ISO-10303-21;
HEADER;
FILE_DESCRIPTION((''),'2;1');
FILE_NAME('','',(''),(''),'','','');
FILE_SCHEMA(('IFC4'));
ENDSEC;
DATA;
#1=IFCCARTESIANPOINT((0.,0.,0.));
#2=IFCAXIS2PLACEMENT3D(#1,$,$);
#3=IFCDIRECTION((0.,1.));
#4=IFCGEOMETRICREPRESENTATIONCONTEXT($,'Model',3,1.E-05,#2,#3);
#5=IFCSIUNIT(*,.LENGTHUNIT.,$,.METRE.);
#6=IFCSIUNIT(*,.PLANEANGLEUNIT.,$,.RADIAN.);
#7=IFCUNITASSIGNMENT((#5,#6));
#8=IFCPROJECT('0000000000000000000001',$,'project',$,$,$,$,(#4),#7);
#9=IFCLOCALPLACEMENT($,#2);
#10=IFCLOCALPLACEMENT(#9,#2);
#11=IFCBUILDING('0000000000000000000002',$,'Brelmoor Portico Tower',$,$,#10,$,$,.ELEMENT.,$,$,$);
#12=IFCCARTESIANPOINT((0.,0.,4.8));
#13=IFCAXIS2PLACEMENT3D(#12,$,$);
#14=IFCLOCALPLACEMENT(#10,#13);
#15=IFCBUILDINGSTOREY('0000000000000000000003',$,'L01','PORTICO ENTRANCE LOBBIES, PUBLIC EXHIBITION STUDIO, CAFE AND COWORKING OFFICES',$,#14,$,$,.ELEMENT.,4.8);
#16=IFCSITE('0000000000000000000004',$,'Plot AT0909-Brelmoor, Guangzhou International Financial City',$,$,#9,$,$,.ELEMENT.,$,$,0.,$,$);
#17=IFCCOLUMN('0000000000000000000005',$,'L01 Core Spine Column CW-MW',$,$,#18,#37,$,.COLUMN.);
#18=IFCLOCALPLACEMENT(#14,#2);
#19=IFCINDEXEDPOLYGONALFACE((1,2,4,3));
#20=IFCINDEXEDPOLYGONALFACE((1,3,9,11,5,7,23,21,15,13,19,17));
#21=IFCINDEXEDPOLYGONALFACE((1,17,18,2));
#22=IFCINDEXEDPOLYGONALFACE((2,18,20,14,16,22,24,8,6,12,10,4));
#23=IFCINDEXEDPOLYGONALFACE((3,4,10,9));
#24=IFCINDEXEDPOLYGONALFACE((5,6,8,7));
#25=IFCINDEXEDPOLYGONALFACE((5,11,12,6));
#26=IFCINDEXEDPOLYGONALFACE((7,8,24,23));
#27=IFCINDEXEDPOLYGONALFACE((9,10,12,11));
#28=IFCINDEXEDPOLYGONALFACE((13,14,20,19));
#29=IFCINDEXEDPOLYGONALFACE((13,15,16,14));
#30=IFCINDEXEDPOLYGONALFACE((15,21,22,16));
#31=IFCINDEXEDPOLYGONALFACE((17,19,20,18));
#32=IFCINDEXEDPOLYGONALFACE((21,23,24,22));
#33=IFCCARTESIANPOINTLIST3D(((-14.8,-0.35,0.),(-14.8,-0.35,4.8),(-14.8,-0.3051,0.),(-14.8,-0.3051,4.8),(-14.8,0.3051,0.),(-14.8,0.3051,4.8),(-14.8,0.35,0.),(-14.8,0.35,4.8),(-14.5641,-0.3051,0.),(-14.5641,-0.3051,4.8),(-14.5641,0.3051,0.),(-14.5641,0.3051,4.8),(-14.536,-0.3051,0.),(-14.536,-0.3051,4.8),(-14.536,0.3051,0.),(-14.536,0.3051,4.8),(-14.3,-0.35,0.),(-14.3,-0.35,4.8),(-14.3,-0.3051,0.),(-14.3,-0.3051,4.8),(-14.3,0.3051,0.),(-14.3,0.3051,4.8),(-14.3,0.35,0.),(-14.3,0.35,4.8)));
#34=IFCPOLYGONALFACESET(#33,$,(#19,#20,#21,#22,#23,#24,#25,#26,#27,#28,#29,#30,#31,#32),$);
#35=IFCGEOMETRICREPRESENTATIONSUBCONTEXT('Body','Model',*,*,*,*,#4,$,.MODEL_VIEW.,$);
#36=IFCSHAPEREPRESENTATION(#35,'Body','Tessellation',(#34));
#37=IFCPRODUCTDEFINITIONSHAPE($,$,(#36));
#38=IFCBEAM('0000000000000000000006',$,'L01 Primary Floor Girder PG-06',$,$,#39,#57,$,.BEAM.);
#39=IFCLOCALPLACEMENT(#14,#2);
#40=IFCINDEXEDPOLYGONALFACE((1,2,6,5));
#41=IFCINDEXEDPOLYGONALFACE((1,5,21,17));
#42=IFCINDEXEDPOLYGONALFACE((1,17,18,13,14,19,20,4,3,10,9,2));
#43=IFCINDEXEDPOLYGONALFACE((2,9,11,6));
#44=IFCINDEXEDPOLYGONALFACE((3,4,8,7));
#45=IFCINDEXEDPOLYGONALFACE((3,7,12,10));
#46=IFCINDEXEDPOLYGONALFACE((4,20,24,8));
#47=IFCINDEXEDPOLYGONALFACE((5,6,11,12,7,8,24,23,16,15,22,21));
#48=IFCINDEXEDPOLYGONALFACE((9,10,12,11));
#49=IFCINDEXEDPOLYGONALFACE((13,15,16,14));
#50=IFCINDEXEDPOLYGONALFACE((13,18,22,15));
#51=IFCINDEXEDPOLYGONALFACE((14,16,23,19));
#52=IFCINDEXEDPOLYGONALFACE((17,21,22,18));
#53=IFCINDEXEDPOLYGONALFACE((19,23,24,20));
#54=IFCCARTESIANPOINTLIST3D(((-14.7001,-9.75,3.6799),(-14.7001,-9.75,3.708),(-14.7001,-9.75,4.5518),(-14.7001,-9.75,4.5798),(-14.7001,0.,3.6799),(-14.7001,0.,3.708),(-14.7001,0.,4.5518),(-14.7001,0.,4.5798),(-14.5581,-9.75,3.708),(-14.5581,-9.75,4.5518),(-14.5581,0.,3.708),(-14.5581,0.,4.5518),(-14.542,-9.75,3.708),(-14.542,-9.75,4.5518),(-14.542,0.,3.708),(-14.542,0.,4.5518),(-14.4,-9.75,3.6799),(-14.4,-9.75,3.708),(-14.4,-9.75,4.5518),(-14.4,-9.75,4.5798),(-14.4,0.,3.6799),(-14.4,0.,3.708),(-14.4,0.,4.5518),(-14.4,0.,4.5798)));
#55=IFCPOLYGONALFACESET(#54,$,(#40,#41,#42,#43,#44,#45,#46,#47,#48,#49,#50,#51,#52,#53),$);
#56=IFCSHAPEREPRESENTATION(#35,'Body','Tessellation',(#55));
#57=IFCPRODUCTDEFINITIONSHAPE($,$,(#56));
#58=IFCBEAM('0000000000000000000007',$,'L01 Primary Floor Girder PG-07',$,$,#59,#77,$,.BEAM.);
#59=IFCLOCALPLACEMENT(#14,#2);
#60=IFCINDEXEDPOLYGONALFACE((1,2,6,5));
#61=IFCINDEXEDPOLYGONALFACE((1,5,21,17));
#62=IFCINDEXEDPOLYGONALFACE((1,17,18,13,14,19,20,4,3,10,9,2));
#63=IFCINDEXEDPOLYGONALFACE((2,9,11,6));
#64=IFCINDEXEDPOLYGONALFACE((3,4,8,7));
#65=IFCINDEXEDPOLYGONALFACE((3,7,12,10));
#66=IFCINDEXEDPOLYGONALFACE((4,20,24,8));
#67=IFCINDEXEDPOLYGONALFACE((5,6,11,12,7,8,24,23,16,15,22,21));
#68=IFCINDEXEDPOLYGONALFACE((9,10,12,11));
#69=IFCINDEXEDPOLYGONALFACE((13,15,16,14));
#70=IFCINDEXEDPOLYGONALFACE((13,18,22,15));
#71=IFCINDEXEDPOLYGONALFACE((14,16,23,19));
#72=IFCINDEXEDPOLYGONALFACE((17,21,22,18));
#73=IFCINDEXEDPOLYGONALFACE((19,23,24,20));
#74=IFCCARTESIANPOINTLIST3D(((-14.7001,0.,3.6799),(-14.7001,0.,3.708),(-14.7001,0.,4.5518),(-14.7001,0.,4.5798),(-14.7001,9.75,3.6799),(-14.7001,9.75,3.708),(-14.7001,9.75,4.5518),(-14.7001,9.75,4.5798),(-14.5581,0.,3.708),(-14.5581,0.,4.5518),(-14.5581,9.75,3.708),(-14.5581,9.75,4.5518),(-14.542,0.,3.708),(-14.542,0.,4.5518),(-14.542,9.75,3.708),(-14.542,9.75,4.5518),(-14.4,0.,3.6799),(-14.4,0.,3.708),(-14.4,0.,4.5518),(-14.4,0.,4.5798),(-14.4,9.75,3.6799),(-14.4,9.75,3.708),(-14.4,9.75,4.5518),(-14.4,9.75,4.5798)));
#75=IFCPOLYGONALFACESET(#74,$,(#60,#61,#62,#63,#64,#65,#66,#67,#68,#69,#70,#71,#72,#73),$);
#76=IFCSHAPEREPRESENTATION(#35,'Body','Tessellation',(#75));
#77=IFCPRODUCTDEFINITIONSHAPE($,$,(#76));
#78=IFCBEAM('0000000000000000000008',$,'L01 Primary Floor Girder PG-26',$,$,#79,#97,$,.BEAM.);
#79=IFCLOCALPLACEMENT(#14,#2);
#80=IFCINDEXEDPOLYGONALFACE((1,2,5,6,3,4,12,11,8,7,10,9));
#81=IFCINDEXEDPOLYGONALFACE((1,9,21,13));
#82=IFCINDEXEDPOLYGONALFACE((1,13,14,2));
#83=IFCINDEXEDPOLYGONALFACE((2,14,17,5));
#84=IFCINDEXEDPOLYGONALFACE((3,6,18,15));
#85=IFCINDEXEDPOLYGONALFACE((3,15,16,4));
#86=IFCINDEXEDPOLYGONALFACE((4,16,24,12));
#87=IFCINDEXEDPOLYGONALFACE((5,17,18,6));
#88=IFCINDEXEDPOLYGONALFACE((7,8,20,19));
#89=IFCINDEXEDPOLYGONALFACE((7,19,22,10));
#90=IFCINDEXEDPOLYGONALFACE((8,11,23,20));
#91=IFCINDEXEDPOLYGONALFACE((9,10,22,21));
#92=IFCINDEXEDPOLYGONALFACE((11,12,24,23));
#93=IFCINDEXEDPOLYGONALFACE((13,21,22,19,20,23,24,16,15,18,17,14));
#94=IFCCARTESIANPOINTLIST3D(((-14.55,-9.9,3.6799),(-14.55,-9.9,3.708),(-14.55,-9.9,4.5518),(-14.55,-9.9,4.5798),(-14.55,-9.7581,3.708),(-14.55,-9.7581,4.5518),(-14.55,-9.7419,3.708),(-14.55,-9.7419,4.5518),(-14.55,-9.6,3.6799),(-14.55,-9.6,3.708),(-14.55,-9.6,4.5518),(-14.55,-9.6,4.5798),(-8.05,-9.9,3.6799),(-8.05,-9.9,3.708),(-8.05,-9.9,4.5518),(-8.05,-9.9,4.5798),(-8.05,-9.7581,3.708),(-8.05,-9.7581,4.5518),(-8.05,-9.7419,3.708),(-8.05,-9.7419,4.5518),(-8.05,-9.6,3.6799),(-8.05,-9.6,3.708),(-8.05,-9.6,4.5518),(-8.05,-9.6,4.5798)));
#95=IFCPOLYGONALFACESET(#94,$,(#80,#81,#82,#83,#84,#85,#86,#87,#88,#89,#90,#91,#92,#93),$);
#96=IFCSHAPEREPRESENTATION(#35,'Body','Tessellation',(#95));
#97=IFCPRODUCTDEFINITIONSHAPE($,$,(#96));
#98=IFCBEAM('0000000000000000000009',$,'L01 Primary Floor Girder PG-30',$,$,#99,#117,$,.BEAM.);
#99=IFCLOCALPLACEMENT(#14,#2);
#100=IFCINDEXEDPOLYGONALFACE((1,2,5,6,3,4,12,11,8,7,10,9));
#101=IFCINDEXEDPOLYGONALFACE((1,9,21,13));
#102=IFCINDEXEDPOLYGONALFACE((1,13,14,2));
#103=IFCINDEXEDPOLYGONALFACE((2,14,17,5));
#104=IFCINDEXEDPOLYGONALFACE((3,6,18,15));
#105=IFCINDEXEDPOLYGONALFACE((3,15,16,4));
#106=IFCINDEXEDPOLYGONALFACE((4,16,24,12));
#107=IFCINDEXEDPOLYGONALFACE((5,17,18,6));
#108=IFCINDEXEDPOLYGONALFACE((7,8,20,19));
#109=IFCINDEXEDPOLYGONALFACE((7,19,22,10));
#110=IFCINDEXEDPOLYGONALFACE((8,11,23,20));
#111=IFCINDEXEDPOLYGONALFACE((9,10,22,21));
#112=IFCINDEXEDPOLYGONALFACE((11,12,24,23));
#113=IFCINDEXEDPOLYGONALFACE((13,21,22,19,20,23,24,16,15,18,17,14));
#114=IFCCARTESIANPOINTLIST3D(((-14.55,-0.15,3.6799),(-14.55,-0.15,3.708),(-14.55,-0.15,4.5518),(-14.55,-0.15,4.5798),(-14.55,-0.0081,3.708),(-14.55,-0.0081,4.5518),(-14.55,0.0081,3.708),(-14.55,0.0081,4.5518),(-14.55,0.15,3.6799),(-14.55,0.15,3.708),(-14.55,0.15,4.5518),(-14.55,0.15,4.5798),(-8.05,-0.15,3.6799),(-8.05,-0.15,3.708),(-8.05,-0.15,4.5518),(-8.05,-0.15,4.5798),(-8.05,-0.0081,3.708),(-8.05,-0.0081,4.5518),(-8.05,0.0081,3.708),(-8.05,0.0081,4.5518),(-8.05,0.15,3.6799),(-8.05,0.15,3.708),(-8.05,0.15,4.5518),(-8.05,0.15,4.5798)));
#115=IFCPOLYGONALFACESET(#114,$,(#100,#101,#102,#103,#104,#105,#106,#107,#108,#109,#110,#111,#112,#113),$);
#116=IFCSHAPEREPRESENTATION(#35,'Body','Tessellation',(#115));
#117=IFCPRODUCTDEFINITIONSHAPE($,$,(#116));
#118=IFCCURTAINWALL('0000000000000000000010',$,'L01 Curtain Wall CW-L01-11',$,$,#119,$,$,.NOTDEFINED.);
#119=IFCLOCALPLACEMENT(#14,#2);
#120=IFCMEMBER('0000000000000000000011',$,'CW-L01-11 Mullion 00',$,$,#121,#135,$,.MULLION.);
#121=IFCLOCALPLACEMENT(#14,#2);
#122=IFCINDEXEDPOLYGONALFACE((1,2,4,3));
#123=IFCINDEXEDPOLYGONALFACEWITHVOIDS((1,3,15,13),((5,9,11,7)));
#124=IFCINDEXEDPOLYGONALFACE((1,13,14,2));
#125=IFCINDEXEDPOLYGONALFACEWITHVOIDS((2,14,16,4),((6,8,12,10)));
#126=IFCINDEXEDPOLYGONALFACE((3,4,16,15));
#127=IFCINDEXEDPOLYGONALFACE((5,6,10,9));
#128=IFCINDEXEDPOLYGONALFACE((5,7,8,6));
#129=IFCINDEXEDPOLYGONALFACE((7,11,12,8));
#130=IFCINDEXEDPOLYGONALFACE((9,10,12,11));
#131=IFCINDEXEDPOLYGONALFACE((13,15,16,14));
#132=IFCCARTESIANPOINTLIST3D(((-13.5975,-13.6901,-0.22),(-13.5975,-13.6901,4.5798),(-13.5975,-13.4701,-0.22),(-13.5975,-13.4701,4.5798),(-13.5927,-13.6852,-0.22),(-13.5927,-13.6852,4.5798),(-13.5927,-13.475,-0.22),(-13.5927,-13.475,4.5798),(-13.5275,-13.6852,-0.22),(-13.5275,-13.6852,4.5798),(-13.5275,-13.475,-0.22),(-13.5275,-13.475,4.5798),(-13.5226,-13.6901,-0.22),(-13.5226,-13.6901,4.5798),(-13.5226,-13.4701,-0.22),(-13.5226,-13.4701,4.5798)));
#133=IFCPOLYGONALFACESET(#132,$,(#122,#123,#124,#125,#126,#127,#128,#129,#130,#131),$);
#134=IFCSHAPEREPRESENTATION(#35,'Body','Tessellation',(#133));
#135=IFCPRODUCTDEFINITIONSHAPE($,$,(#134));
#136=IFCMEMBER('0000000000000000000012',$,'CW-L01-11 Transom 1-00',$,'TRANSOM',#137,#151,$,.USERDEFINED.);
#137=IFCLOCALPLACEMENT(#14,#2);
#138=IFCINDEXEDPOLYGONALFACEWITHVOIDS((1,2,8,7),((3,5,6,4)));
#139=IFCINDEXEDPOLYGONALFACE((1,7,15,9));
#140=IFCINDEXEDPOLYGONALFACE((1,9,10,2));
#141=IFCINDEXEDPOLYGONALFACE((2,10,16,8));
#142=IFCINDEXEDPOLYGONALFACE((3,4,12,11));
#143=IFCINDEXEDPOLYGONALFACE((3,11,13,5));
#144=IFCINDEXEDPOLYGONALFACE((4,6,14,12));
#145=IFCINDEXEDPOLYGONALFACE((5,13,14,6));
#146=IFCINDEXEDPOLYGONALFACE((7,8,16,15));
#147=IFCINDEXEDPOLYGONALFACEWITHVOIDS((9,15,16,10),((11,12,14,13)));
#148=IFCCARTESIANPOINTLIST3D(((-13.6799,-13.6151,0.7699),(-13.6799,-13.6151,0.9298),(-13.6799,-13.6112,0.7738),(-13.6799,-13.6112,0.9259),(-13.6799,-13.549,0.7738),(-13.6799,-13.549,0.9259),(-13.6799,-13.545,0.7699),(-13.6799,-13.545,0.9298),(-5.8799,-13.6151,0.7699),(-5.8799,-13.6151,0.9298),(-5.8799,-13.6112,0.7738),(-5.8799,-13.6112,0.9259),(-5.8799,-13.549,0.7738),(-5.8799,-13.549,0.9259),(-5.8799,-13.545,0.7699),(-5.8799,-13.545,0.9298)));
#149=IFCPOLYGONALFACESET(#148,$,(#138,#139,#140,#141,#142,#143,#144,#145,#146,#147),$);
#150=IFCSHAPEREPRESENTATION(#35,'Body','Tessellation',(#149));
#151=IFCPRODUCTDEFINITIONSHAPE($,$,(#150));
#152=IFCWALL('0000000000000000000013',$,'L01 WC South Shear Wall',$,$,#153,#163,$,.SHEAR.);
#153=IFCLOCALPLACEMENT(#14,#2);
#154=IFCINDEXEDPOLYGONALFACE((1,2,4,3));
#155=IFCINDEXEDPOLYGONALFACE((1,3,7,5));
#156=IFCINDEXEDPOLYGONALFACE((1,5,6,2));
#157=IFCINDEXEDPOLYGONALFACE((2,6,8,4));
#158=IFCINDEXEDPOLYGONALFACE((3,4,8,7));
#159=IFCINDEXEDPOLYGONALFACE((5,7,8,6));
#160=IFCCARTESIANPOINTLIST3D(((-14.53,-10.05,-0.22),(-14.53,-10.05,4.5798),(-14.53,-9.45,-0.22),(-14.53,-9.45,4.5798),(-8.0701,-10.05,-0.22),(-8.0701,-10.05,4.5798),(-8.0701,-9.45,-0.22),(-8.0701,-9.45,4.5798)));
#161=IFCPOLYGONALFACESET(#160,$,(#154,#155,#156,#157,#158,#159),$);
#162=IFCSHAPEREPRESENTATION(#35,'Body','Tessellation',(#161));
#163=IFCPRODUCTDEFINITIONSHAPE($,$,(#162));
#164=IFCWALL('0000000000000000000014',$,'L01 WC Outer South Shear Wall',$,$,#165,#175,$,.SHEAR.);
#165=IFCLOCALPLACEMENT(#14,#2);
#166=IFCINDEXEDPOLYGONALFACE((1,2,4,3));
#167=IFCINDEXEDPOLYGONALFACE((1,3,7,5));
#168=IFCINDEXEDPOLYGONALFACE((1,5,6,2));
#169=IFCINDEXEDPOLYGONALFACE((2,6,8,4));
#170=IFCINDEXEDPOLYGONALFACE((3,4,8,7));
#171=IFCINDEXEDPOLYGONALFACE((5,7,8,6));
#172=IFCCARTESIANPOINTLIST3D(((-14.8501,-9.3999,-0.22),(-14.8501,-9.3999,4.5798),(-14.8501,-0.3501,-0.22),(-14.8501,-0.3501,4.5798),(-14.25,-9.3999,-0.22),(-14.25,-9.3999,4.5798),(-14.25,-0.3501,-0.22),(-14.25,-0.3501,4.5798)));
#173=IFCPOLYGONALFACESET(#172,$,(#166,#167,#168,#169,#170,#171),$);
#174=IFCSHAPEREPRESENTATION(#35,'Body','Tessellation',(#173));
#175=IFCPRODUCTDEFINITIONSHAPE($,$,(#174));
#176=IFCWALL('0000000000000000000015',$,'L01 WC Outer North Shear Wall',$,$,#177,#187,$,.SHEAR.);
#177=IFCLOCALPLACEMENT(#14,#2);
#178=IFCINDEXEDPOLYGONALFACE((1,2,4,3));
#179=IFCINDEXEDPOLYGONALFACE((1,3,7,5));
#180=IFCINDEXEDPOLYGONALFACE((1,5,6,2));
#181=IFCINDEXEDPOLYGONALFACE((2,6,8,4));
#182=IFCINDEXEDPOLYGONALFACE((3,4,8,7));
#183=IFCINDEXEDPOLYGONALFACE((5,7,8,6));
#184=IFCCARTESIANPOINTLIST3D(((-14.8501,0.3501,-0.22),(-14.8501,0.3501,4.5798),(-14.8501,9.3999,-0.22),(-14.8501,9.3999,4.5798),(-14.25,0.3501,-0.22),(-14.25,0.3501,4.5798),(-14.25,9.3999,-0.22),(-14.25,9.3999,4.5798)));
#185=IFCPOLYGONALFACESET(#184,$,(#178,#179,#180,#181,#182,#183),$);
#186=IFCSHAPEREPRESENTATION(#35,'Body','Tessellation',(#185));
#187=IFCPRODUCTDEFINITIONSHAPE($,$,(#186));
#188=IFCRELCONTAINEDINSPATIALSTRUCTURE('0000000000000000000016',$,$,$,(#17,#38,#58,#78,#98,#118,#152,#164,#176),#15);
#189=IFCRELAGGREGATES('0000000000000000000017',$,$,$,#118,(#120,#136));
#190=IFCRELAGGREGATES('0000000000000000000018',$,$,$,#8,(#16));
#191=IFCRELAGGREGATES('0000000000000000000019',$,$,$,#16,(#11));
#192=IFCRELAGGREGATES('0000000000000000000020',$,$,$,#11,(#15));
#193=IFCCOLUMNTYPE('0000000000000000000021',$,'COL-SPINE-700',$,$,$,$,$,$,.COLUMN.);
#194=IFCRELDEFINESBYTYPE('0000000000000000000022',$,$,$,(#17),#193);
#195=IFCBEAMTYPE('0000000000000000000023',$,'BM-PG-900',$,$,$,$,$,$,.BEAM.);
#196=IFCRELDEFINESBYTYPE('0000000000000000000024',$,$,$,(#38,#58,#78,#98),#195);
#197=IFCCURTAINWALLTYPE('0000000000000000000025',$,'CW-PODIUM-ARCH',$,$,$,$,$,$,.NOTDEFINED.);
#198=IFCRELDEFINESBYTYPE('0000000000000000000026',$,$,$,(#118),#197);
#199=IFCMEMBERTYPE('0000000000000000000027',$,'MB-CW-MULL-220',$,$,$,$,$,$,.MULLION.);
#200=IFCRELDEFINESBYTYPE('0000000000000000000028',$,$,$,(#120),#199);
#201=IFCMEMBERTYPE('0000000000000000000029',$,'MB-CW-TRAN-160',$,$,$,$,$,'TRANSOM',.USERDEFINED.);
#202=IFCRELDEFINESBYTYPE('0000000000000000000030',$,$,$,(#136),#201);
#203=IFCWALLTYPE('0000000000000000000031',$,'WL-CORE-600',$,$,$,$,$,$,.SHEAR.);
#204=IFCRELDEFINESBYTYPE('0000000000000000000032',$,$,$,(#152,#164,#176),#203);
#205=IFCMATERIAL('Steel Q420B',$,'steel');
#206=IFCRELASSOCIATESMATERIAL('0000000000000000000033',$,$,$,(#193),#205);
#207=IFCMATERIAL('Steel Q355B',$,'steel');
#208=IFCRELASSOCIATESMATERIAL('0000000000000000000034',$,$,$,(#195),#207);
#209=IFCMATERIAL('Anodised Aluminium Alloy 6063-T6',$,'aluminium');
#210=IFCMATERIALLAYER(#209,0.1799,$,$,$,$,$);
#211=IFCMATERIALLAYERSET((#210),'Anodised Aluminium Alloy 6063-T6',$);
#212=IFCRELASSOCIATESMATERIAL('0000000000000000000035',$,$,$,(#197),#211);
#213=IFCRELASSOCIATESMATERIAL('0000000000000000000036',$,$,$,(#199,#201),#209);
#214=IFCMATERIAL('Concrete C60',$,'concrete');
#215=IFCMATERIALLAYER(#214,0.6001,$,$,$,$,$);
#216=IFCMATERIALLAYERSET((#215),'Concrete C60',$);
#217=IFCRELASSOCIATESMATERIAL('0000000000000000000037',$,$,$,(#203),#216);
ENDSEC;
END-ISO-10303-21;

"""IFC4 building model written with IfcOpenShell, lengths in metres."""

from ifc_helpers import new_model, si_unit, direction, frame, frame_2d, origin, origin_2d, place, context, subcontext, project, spatial, rectangle, hollow_rectangle, i_section, extrude, material, layer, layer_set, material_profile, profile_set, type_object, element, aggregate, save


model = new_model("IFC4")

# Units and contexts
model_context = context("Model", 3, precision=1e-05, world=origin(), true_north=direction((0.0, 1.0)))
body_context = subcontext(model_context, "Body", "Model", "MODEL_VIEW")
ifc_project = project(units=[si_unit("LENGTHUNIT", "METRE"), si_unit("PLANEANGLEUNIT", "RADIAN")], contexts=[model_context])

# Site, building, storey
site_placement = place(None, origin())
site = spatial("IfcSite", under=ifc_project, at=site_placement, Name="Plot AT0909-Brelmoor, Guangzhou International Financial City", CompositionType="ELEMENT", RefElevation=0.0)
building_placement = place(site_placement, origin())
building = spatial("IfcBuilding", under=site, at=building_placement, Name="Brelmoor Portico Tower", CompositionType="ELEMENT")
storey_placement = place(building_placement, frame((0.0, 0.0, 4.8)))
storey = spatial("IfcBuildingStorey", under=building, at=storey_placement, Name="L01", Description="PORTICO ENTRANCE LOBBIES, PUBLIC EXHIBITION STUDIO, CAFE AND COWORKING OFFICES", CompositionType="ELEMENT", Elevation=4.8)

# Column
ifc_material_1 = material(Name="Steel Q420B", Category="steel")
ifc_material_profile_1 = material_profile(ifc_material_1, i_section(OverallWidth=0.5, OverallDepth=0.7, WebThickness=0.0281, FlangeThickness=0.0449, at=origin_2d()), Name="HW 700x500x28x45")
ifc_profile_set_1 = profile_set([ifc_material_profile_1], Name="Steel Q420B")
column_type = type_object("IfcColumnType", Name="COL-SPINE-700", PredefinedType="COLUMN", material=ifc_profile_set_1)
column_placement = place(storey_placement, frame((-14.55, 0.0, 0.0), z_axis=(0.0, 0.0, 1.0), x_axis=(1.0, 0.0, 0.0)))
element("IfcColumn", 1, at=column_placement, inside=storey, type_object=column_type, Name="L01 Core Spine Column CW-MW", PredefinedType="COLUMN", context=body_context, shape_type="SweptSolid", body=[
    extrude(i_section(OverallWidth=0.5, OverallDepth=0.7, WebThickness=0.0281, FlangeThickness=0.0449, at=origin_2d()), origin(), (0.0, 0.0, 1.0), 4.8),
])

# Beams
ifc_material_2 = material(Name="Steel Q355B", Category="steel")
ifc_material_profile_2 = material_profile(ifc_material_2, i_section(OverallWidth=0.3, OverallDepth=0.8999, WebThickness=0.0161, FlangeThickness=0.0281, at=origin_2d()), Name="HN 900x300x16x28")
ifc_profile_set_2 = profile_set([ifc_material_profile_2], Name="Steel Q355B")
beam_type = type_object("IfcBeamType", Name="BM-PG-900", PredefinedType="BEAM", material=ifc_profile_set_2)
for number, where, z_axis, x_axis, name in (
    (2, (-14.55, -9.75, 4.1299), (0.0, 1.0, 0.0), (-1.0, 0.0, 0.0), "L01 Primary Floor Girder PG-06"),
    (3, (-14.55, 0.0, 4.1299), (0.0, 1.0, 0.0), (-1.0, 0.0, 0.0), "L01 Primary Floor Girder PG-07"),
):
    element("IfcBeam", number, at=place(storey_placement, frame(where, z_axis=z_axis, x_axis=x_axis)), inside=storey, type_object=beam_type, Name=name, PredefinedType="BEAM", context=body_context, shape_type="SweptSolid", body=[
        extrude(i_section(OverallWidth=0.3, OverallDepth=0.8999, WebThickness=0.0161, FlangeThickness=0.0281, at=origin_2d()), origin(), (0.0, 0.0, 1.0), 9.75),
    ])
for number, where, z_axis, x_axis, name in (
    (4, (-14.55, -9.75, 4.1299), (1.0, 0.0, 0.0), (0.0, 1.0, 0.0), "L01 Primary Floor Girder PG-26"),
    (5, (-14.55, 0.0, 4.1299), (1.0, 0.0, 0.0), (0.0, 1.0, 0.0), "L01 Primary Floor Girder PG-30"),
):
    element("IfcBeam", number, at=place(storey_placement, frame(where, z_axis=z_axis, x_axis=x_axis)), inside=storey, type_object=beam_type, Name=name, PredefinedType="BEAM", context=body_context, shape_type="SweptSolid", body=[
        extrude(i_section(OverallWidth=0.3, OverallDepth=0.8999, WebThickness=0.0161, FlangeThickness=0.0281, at=origin_2d()), origin(), (0.0, 0.0, 1.0), 6.5),
    ])

# Curtain wall, members
ifc_material_3 = material(Name="Anodised Aluminium Alloy 6063-T6", Category="aluminium")
ifc_layer_1 = layer(ifc_material_3, 0.1799)
ifc_layer_set_1 = layer_set([ifc_layer_1], Name="Anodised Aluminium Alloy 6063-T6")
curtain_wall_type = type_object("IfcCurtainWallType", Name="CW-PODIUM-ARCH", PredefinedType="NOTDEFINED", material=ifc_layer_set_1)
curtain_wall_placement = place(storey_placement, origin())
curtain_wall = element("IfcCurtainWall", 6, at=curtain_wall_placement, inside=storey, type_object=curtain_wall_type, Name="L01 Curtain Wall CW-L01-11", PredefinedType="NOTDEFINED")
ifc_material_profile_3 = material_profile(ifc_material_3, hollow_rectangle(XDim=0.075, YDim=0.22, WallThickness=0.0049, at=origin_2d()), Name="ALU MULLION 75x220")
ifc_profile_set_3 = profile_set([ifc_material_profile_3], Name="Anodised Aluminium Alloy 6063-T6")
member_type_1 = type_object("IfcMemberType", Name="MB-CW-MULL-220", PredefinedType="MULLION", material=ifc_profile_set_3)
member_1_placement = place(storey_placement, frame((-13.5601, -13.5801, -0.22), z_axis=(0.0, 0.0, 1.0), x_axis=(1.0, 0.0, 0.0)))
member_1 = element("IfcMember", 7, at=member_1_placement, type_object=member_type_1, Name="CW-L01-11 Mullion 00", PredefinedType="MULLION", context=body_context, shape_type="SweptSolid", body=[
    extrude(hollow_rectangle(XDim=0.075, YDim=0.22, WallThickness=0.0049, at=origin_2d()), origin(), (0.0, 0.0, 1.0), 4.7998),
])
ifc_material_profile_4 = material_profile(ifc_material_3, hollow_rectangle(XDim=0.0701, YDim=0.1599, WallThickness=0.0039, at=origin_2d()), Name="ALU TRANSOM 70x160")
ifc_profile_set_4 = profile_set([ifc_material_profile_4], Name="Anodised Aluminium Alloy 6063-T6")
member_type_2 = type_object("IfcMemberType", Name="MB-CW-TRAN-160", ElementType="TRANSOM", PredefinedType="USERDEFINED", material=ifc_profile_set_4)
member_2_placement = place(storey_placement, frame((-13.6799, -13.5801, 0.8499), z_axis=(1.0, 0.0, 0.0), x_axis=(0.0, 1.0, 0.0)))
member_2 = element("IfcMember", 8, at=member_2_placement, type_object=member_type_2, Name="CW-L01-11 Transom 1-00", ObjectType="TRANSOM", PredefinedType="USERDEFINED", context=body_context, shape_type="SweptSolid", body=[
    extrude(hollow_rectangle(XDim=0.0701, YDim=0.1599, WallThickness=0.0039, at=origin_2d()), origin(), (0.0, 0.0, 1.0), 7.8),
])
aggregate(curtain_wall, [member_1, member_2])

# Walls
ifc_material_4 = material(Name="Concrete C60", Category="concrete")
ifc_layer_2 = layer(ifc_material_4, 0.6001)
ifc_layer_set_2 = layer_set([ifc_layer_2], Name="Concrete C60")
wall_type_1 = type_object("IfcWallType", Name="WL-CORE-600", PredefinedType="SHEAR", material=ifc_layer_set_2)
wall_1_placement = place(storey_placement, frame((-14.53, -9.75, -0.22), z_axis=(0.0, 0.0, 1.0), x_axis=(1.0, 0.0, 0.0)))
element("IfcWall", 9, at=wall_1_placement, inside=storey, type_object=wall_type_1, Name="L01 WC South Shear Wall", PredefinedType="SHEAR", context=body_context, shape_type="SweptSolid", body=[
    extrude(rectangle(XDim=6.46, YDim=0.6001, at=frame_2d((3.23, 0.0))), origin(), (0.0, 0.0, 1.0), 4.7998),
])
for number, where, z_axis, x_axis, name in (
    (10, (-14.55, -9.3999, -0.22), (0.0, 0.0, 1.0), (0.0, 1.0, 0.0), "L01 WC Outer South Shear Wall"),
    (11, (-14.55, 0.3501, -0.22), (0.0, 0.0, 1.0), (0.0, 1.0, 0.0), "L01 WC Outer North Shear Wall"),
):
    element("IfcWall", number, at=place(storey_placement, frame(where, z_axis=z_axis, x_axis=x_axis)), inside=storey, type_object=wall_type_1, Name=name, PredefinedType="SHEAR", context=body_context, shape_type="SweptSolid", body=[
        extrude(rectangle(XDim=9.0498, YDim=0.6001, at=frame_2d((4.5249, 0.0))), origin(), (0.0, 0.0, 1.0), 4.7998),
    ])

save(model, "model.ifc")
